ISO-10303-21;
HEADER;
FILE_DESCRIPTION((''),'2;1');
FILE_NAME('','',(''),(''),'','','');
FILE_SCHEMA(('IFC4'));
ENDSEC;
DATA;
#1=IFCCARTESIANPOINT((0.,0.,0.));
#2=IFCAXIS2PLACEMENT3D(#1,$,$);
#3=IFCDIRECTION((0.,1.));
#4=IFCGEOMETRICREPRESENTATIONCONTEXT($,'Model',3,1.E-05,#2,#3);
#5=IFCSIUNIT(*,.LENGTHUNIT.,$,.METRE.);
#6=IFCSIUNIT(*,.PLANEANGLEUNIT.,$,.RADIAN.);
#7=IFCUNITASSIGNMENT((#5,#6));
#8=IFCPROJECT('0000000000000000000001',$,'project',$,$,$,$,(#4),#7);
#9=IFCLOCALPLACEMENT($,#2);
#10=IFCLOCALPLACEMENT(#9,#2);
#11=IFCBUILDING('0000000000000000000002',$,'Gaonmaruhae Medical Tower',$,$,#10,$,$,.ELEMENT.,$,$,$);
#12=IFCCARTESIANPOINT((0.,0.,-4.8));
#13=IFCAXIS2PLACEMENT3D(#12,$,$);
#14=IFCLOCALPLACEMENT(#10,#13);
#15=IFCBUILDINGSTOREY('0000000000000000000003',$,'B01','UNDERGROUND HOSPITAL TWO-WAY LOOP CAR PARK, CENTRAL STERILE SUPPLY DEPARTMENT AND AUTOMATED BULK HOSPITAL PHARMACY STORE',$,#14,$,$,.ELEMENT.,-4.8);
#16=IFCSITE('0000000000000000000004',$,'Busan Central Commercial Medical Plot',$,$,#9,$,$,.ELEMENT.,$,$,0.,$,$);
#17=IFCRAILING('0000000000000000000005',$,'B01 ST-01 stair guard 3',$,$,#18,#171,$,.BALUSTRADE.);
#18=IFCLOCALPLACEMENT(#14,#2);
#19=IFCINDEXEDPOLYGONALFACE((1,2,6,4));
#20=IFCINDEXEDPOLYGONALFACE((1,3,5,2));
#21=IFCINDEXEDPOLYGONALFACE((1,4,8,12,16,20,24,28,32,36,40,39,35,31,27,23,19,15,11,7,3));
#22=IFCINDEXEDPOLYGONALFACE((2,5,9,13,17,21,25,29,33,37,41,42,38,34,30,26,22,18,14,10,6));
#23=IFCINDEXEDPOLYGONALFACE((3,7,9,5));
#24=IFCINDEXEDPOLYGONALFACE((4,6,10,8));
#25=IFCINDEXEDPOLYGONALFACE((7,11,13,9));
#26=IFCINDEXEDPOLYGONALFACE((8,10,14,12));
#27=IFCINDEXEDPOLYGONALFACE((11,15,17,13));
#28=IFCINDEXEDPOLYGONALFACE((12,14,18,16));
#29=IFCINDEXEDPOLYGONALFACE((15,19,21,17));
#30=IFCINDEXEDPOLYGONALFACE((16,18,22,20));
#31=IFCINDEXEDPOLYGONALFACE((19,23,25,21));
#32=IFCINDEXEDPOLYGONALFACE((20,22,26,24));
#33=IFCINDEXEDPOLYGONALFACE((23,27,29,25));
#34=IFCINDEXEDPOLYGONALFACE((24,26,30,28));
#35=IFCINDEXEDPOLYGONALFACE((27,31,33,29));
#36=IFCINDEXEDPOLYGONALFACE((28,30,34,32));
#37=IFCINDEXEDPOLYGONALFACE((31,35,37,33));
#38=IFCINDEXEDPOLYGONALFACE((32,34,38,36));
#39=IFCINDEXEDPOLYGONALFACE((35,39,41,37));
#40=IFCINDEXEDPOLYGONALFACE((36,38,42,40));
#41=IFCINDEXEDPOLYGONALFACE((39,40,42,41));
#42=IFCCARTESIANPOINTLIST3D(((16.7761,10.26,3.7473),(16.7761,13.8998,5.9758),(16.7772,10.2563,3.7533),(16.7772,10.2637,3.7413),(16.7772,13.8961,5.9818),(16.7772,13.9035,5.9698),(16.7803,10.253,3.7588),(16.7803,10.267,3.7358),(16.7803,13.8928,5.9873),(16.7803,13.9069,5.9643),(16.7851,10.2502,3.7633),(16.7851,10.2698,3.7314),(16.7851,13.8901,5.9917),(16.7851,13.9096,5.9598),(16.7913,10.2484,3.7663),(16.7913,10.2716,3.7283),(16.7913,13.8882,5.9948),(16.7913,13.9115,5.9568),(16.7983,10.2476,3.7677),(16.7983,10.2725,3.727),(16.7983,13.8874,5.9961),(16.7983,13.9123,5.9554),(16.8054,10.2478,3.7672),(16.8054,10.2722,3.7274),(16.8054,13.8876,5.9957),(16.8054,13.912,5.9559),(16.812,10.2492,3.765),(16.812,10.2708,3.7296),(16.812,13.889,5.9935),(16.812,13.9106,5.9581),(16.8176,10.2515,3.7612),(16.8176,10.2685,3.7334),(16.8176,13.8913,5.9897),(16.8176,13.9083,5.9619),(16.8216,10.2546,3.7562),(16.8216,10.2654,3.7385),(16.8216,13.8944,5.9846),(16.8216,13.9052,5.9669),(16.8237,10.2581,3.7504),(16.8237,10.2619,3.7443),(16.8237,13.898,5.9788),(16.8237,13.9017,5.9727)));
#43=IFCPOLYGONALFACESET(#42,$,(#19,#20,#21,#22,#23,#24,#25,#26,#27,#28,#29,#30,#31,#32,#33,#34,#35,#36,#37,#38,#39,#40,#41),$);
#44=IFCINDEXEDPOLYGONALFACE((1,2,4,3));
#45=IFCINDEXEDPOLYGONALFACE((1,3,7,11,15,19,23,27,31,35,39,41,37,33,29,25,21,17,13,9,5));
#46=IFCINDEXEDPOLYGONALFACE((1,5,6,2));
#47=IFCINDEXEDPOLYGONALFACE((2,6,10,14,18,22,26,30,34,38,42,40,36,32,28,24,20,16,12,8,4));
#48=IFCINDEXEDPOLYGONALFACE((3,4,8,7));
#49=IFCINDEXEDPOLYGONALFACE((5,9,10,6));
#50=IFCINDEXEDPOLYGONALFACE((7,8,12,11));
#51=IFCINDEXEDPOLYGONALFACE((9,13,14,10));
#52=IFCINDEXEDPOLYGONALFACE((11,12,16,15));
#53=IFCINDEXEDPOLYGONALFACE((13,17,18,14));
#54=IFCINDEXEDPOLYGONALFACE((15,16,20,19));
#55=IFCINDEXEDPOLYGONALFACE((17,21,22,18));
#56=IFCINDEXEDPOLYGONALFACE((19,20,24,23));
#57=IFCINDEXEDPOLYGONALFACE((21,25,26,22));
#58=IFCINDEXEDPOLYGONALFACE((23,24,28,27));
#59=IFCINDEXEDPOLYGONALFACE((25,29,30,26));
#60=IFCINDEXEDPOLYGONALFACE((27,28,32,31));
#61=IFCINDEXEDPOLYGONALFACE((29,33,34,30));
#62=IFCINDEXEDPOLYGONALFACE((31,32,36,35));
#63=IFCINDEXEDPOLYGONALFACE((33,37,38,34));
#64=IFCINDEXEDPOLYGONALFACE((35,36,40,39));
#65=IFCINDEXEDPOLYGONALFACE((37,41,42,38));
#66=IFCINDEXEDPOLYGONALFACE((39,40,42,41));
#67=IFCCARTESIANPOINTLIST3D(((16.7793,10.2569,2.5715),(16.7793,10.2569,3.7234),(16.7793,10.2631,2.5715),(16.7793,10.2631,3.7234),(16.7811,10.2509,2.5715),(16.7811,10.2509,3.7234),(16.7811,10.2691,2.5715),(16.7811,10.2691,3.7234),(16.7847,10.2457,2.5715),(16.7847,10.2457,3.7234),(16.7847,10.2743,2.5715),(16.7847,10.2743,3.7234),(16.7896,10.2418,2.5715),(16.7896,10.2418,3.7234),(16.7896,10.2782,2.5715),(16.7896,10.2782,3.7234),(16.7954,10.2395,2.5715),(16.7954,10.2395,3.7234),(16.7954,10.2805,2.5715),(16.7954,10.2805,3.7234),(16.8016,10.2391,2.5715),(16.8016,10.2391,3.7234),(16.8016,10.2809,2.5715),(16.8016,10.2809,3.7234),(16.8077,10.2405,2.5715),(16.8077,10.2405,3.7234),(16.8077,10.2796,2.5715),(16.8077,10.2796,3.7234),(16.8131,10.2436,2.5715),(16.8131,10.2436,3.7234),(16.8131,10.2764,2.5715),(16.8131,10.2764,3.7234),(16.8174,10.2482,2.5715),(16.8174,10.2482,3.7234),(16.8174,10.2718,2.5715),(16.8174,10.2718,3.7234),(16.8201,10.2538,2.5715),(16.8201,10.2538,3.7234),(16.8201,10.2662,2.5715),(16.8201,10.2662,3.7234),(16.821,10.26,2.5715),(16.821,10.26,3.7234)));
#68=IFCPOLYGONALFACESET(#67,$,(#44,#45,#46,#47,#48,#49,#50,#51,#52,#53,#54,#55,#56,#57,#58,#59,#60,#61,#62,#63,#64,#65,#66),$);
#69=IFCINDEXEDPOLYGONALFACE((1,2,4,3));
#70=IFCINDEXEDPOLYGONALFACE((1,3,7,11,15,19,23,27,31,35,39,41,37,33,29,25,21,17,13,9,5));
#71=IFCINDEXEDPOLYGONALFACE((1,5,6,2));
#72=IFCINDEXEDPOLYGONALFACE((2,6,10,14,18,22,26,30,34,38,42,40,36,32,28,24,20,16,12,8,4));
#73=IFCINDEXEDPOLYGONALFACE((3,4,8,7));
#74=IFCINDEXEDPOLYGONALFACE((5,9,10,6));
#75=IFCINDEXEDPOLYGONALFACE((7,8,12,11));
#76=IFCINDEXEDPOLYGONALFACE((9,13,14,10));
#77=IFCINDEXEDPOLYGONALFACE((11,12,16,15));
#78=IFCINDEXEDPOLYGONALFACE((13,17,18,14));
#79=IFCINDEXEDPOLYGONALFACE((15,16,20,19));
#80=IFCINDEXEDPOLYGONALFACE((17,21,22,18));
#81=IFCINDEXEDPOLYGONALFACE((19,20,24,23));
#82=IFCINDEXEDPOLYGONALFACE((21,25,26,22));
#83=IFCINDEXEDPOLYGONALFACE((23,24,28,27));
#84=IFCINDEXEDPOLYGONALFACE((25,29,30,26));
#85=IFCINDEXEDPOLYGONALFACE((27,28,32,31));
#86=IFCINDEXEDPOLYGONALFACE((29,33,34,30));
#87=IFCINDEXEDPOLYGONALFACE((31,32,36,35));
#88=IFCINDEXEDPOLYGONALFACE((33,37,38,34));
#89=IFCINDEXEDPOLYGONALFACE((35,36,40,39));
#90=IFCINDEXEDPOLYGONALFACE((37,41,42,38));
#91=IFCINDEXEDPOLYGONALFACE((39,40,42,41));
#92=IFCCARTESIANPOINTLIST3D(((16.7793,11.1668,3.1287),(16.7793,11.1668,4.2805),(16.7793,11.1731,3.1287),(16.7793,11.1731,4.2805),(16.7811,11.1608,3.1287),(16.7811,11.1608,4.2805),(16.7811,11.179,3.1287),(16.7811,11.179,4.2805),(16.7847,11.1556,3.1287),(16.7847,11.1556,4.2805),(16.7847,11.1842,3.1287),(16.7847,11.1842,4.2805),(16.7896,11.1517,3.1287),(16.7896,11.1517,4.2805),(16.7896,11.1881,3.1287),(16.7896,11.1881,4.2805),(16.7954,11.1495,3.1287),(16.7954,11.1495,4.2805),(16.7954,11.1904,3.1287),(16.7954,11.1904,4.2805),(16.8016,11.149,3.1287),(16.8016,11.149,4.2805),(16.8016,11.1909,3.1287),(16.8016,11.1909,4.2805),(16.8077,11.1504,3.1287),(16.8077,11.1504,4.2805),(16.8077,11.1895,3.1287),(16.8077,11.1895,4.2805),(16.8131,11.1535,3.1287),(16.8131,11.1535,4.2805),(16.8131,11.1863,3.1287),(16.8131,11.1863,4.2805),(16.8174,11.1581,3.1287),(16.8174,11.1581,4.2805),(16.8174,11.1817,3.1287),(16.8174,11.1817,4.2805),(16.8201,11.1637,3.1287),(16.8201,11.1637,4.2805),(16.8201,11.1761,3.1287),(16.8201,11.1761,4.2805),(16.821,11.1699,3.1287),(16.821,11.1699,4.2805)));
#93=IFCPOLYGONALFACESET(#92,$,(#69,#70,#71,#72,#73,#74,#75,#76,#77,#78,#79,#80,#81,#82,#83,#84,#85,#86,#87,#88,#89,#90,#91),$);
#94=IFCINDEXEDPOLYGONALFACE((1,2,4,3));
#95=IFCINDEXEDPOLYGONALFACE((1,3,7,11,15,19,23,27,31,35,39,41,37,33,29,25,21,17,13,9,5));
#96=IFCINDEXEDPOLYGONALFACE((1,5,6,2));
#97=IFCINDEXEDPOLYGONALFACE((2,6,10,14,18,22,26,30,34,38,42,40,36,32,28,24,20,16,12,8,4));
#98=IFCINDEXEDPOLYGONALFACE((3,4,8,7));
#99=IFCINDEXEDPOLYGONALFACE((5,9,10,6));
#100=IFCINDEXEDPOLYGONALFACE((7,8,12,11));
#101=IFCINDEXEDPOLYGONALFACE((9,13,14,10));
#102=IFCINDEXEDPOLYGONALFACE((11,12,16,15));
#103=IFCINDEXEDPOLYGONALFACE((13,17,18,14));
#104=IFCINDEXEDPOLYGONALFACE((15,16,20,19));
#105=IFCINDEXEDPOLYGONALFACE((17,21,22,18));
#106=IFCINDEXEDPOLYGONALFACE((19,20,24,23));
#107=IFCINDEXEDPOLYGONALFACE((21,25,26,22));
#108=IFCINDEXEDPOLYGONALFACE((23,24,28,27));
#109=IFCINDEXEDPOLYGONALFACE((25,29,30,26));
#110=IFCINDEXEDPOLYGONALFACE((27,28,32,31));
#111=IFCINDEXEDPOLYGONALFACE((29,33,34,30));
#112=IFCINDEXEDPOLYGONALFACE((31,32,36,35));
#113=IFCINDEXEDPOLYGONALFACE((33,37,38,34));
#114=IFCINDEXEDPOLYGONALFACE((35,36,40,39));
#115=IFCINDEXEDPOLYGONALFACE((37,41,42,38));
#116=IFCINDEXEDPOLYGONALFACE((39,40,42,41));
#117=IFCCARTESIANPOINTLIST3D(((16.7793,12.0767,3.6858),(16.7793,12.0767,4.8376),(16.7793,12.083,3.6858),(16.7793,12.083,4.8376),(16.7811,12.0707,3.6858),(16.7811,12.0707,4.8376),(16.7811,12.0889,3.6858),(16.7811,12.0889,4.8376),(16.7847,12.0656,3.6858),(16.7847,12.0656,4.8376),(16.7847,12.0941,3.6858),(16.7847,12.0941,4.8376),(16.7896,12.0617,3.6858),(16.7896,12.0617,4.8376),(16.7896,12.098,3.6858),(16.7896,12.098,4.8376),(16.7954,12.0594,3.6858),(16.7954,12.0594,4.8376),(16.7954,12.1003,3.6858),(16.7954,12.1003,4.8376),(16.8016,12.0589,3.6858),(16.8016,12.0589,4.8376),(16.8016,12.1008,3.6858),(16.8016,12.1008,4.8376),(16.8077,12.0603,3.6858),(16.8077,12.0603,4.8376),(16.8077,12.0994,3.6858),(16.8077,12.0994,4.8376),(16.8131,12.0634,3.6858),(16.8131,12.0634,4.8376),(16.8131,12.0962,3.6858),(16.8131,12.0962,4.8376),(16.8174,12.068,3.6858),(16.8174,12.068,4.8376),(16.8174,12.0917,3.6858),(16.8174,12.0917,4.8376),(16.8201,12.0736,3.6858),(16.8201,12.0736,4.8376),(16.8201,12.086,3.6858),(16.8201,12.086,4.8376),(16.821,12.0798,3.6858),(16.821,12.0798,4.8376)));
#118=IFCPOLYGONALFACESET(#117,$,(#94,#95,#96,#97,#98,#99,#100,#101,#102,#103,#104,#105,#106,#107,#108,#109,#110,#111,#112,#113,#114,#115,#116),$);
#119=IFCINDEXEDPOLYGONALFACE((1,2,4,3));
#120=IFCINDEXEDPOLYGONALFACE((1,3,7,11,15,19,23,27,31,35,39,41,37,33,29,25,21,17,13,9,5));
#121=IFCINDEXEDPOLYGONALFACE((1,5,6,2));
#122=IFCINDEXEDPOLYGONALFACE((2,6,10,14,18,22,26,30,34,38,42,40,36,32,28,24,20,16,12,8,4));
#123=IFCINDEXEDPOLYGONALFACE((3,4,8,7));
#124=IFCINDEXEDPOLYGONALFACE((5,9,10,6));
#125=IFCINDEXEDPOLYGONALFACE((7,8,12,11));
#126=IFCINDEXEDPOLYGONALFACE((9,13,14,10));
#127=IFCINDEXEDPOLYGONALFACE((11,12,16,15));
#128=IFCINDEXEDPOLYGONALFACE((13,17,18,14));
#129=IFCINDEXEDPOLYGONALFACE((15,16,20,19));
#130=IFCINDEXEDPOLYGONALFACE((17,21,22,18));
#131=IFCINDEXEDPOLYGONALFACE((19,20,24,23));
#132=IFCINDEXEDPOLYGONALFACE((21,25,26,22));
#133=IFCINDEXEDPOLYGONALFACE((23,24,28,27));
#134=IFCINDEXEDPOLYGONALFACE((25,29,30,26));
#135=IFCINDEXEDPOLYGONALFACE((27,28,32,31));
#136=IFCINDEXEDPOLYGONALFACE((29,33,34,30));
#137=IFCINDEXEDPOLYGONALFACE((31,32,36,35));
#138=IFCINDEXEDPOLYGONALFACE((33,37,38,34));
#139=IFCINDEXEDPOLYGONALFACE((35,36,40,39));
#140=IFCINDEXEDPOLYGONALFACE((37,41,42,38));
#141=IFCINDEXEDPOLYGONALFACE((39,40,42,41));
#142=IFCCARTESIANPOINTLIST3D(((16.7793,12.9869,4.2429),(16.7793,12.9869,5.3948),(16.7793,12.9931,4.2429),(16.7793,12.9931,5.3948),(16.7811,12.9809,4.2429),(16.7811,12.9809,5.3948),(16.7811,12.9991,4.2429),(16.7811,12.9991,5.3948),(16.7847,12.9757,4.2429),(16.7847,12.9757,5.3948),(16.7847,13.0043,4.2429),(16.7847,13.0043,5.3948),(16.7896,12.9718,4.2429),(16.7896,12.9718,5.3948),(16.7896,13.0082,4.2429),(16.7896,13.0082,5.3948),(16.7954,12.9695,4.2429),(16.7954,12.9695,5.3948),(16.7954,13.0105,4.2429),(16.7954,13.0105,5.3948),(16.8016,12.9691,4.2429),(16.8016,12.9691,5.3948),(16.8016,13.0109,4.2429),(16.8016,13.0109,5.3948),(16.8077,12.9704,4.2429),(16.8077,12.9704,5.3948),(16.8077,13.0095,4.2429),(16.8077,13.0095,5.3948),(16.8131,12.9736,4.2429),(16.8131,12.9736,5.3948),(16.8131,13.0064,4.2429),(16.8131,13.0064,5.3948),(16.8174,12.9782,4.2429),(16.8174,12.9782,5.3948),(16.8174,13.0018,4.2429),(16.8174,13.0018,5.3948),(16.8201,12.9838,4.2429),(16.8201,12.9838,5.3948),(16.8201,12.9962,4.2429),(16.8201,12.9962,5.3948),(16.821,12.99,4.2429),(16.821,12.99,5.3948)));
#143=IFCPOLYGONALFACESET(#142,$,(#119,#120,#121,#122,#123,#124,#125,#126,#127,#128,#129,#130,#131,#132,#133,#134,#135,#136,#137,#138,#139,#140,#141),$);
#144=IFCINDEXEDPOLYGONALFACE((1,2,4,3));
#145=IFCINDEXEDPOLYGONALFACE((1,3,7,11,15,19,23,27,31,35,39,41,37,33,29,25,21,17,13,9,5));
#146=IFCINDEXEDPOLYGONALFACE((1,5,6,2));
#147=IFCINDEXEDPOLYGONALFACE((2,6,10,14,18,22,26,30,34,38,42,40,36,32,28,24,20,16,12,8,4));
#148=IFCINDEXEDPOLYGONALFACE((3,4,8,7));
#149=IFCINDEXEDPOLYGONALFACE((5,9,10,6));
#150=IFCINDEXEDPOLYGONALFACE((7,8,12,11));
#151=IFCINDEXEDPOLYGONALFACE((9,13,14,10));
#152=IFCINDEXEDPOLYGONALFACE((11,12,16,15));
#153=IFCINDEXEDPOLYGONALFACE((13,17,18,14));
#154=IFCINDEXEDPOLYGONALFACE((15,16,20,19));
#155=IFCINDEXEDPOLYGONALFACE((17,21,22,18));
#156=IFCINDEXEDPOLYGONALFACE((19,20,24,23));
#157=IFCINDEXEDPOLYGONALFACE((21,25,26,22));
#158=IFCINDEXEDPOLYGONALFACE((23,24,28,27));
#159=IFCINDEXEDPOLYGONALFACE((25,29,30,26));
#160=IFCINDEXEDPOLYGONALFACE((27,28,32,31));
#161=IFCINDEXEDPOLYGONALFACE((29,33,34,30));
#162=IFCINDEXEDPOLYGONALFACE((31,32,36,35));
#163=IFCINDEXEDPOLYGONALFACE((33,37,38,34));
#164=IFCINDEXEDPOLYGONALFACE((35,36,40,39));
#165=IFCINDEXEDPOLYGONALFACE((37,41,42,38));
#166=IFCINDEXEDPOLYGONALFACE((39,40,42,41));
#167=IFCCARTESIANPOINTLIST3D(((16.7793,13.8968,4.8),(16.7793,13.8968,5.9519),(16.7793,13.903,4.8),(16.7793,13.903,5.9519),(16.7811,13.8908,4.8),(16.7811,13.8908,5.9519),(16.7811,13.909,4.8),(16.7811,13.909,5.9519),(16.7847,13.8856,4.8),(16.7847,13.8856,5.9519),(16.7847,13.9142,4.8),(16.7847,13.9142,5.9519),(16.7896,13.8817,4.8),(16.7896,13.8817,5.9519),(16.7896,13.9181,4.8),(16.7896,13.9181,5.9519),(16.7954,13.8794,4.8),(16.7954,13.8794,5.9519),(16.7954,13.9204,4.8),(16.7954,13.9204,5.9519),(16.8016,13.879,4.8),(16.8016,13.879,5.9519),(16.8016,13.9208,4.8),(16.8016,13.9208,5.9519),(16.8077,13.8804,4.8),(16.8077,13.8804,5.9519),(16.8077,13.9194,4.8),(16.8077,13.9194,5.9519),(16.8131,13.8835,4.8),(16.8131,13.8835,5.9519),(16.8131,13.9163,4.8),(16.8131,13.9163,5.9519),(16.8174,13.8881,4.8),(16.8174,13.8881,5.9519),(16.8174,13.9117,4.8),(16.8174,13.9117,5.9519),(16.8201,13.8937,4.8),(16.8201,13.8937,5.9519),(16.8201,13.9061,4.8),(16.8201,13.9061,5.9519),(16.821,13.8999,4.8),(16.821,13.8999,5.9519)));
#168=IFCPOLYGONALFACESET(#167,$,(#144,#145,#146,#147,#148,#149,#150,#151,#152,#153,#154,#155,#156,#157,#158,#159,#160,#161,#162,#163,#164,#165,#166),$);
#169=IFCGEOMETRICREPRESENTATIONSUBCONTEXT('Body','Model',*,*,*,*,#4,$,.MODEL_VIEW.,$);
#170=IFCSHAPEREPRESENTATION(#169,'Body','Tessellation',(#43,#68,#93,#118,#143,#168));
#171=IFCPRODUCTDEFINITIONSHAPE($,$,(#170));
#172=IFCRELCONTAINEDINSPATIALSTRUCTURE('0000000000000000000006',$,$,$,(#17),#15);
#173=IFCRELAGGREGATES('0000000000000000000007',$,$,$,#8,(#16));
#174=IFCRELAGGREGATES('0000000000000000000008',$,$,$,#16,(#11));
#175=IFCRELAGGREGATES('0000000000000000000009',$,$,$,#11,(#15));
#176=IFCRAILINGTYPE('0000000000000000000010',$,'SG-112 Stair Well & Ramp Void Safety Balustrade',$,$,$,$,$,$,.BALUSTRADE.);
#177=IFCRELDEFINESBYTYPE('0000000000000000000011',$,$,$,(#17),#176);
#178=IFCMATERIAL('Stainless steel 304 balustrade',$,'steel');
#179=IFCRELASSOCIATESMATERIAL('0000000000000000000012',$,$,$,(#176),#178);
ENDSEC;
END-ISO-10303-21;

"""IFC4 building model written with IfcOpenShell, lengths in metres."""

from ifc_helpers import new_model, si_unit, direction, frame, origin, origin_2d, place, context, subcontext, project, spatial, circle, extrude, material, type_object, element, save


model = new_model("IFC4")

# Units and contexts
model_context = context("Model", 3, precision=1e-05, world=origin(), true_north=direction((0.0, 1.0)))
body_context = subcontext(model_context, "Body", "Model", "MODEL_VIEW")
ifc_project = project(units=[si_unit("LENGTHUNIT", "METRE"), si_unit("PLANEANGLEUNIT", "RADIAN")], contexts=[model_context])

# Site, building, storey
site_placement = place(None, origin())
site = spatial("IfcSite", under=ifc_project, at=site_placement, Name="Busan Central Commercial Medical Plot", CompositionType="ELEMENT", RefElevation=0.0)
building_placement = place(site_placement, origin())
building = spatial("IfcBuilding", under=site, at=building_placement, Name="Gaonmaruhae Medical Tower", CompositionType="ELEMENT")
storey_placement = place(building_placement, frame((0.0, 0.0, -4.8)))
storey = spatial("IfcBuildingStorey", under=building, at=storey_placement, Name="B01", Description="UNDERGROUND HOSPITAL TWO-WAY LOOP CAR PARK, CENTRAL STERILE SUPPLY DEPARTMENT AND AUTOMATED BULK HOSPITAL PHARMACY STORE", CompositionType="ELEMENT", Elevation=-4.8)

# Railing
ifc_material_1 = material(Name="Stainless steel 304 balustrade", Category="steel")
railing_type_1 = type_object("IfcRailingType", Name="SG-112 Stair Well & Ramp Void Safety Balustrade", PredefinedType="BALUSTRADE", material=ifc_material_1)
railing_1_placement = place(storey_placement, frame((16.8, 10.26, 2.5715)))
element("IfcRailing", 1, at=railing_1_placement, inside=storey, type_object=railing_type_1, Name="B01 ST-01 stair guard 3", PredefinedType="BALUSTRADE", context=body_context, shape_type="SweptSolid", body=[
    extrude(circle(Radius=0.0239, at=origin_2d()), frame((0.0, 0.0, 1.1758), z_axis=(0.0, 0.85285, 0.522156), x_axis=(-1.0, 0.0, 0.0)), (0.0, 0.0, 1.0), 4.2678),
    extrude(circle(Radius=0.021, at=origin_2d()), origin(), (0.0, 0.0, 1.0), 1.1519),
    extrude(circle(Radius=0.021, at=origin_2d()), frame((0.0, 0.9099, 0.5571)), (0.0, 0.0, 1.0), 1.1519),
    extrude(circle(Radius=0.021, at=origin_2d()), frame((0.0, 1.8198, 1.1143)), (0.0, 0.0, 1.0), 1.1519),
    extrude(circle(Radius=0.021, at=origin_2d()), frame((0.0, 2.73, 1.6714)), (0.0, 0.0, 1.0), 1.1519),
    extrude(circle(Radius=0.021, at=origin_2d()), frame((0.0, 3.6399, 2.2285)), (0.0, 0.0, 1.0), 1.1519),
])

save(model, "model.ifc")
